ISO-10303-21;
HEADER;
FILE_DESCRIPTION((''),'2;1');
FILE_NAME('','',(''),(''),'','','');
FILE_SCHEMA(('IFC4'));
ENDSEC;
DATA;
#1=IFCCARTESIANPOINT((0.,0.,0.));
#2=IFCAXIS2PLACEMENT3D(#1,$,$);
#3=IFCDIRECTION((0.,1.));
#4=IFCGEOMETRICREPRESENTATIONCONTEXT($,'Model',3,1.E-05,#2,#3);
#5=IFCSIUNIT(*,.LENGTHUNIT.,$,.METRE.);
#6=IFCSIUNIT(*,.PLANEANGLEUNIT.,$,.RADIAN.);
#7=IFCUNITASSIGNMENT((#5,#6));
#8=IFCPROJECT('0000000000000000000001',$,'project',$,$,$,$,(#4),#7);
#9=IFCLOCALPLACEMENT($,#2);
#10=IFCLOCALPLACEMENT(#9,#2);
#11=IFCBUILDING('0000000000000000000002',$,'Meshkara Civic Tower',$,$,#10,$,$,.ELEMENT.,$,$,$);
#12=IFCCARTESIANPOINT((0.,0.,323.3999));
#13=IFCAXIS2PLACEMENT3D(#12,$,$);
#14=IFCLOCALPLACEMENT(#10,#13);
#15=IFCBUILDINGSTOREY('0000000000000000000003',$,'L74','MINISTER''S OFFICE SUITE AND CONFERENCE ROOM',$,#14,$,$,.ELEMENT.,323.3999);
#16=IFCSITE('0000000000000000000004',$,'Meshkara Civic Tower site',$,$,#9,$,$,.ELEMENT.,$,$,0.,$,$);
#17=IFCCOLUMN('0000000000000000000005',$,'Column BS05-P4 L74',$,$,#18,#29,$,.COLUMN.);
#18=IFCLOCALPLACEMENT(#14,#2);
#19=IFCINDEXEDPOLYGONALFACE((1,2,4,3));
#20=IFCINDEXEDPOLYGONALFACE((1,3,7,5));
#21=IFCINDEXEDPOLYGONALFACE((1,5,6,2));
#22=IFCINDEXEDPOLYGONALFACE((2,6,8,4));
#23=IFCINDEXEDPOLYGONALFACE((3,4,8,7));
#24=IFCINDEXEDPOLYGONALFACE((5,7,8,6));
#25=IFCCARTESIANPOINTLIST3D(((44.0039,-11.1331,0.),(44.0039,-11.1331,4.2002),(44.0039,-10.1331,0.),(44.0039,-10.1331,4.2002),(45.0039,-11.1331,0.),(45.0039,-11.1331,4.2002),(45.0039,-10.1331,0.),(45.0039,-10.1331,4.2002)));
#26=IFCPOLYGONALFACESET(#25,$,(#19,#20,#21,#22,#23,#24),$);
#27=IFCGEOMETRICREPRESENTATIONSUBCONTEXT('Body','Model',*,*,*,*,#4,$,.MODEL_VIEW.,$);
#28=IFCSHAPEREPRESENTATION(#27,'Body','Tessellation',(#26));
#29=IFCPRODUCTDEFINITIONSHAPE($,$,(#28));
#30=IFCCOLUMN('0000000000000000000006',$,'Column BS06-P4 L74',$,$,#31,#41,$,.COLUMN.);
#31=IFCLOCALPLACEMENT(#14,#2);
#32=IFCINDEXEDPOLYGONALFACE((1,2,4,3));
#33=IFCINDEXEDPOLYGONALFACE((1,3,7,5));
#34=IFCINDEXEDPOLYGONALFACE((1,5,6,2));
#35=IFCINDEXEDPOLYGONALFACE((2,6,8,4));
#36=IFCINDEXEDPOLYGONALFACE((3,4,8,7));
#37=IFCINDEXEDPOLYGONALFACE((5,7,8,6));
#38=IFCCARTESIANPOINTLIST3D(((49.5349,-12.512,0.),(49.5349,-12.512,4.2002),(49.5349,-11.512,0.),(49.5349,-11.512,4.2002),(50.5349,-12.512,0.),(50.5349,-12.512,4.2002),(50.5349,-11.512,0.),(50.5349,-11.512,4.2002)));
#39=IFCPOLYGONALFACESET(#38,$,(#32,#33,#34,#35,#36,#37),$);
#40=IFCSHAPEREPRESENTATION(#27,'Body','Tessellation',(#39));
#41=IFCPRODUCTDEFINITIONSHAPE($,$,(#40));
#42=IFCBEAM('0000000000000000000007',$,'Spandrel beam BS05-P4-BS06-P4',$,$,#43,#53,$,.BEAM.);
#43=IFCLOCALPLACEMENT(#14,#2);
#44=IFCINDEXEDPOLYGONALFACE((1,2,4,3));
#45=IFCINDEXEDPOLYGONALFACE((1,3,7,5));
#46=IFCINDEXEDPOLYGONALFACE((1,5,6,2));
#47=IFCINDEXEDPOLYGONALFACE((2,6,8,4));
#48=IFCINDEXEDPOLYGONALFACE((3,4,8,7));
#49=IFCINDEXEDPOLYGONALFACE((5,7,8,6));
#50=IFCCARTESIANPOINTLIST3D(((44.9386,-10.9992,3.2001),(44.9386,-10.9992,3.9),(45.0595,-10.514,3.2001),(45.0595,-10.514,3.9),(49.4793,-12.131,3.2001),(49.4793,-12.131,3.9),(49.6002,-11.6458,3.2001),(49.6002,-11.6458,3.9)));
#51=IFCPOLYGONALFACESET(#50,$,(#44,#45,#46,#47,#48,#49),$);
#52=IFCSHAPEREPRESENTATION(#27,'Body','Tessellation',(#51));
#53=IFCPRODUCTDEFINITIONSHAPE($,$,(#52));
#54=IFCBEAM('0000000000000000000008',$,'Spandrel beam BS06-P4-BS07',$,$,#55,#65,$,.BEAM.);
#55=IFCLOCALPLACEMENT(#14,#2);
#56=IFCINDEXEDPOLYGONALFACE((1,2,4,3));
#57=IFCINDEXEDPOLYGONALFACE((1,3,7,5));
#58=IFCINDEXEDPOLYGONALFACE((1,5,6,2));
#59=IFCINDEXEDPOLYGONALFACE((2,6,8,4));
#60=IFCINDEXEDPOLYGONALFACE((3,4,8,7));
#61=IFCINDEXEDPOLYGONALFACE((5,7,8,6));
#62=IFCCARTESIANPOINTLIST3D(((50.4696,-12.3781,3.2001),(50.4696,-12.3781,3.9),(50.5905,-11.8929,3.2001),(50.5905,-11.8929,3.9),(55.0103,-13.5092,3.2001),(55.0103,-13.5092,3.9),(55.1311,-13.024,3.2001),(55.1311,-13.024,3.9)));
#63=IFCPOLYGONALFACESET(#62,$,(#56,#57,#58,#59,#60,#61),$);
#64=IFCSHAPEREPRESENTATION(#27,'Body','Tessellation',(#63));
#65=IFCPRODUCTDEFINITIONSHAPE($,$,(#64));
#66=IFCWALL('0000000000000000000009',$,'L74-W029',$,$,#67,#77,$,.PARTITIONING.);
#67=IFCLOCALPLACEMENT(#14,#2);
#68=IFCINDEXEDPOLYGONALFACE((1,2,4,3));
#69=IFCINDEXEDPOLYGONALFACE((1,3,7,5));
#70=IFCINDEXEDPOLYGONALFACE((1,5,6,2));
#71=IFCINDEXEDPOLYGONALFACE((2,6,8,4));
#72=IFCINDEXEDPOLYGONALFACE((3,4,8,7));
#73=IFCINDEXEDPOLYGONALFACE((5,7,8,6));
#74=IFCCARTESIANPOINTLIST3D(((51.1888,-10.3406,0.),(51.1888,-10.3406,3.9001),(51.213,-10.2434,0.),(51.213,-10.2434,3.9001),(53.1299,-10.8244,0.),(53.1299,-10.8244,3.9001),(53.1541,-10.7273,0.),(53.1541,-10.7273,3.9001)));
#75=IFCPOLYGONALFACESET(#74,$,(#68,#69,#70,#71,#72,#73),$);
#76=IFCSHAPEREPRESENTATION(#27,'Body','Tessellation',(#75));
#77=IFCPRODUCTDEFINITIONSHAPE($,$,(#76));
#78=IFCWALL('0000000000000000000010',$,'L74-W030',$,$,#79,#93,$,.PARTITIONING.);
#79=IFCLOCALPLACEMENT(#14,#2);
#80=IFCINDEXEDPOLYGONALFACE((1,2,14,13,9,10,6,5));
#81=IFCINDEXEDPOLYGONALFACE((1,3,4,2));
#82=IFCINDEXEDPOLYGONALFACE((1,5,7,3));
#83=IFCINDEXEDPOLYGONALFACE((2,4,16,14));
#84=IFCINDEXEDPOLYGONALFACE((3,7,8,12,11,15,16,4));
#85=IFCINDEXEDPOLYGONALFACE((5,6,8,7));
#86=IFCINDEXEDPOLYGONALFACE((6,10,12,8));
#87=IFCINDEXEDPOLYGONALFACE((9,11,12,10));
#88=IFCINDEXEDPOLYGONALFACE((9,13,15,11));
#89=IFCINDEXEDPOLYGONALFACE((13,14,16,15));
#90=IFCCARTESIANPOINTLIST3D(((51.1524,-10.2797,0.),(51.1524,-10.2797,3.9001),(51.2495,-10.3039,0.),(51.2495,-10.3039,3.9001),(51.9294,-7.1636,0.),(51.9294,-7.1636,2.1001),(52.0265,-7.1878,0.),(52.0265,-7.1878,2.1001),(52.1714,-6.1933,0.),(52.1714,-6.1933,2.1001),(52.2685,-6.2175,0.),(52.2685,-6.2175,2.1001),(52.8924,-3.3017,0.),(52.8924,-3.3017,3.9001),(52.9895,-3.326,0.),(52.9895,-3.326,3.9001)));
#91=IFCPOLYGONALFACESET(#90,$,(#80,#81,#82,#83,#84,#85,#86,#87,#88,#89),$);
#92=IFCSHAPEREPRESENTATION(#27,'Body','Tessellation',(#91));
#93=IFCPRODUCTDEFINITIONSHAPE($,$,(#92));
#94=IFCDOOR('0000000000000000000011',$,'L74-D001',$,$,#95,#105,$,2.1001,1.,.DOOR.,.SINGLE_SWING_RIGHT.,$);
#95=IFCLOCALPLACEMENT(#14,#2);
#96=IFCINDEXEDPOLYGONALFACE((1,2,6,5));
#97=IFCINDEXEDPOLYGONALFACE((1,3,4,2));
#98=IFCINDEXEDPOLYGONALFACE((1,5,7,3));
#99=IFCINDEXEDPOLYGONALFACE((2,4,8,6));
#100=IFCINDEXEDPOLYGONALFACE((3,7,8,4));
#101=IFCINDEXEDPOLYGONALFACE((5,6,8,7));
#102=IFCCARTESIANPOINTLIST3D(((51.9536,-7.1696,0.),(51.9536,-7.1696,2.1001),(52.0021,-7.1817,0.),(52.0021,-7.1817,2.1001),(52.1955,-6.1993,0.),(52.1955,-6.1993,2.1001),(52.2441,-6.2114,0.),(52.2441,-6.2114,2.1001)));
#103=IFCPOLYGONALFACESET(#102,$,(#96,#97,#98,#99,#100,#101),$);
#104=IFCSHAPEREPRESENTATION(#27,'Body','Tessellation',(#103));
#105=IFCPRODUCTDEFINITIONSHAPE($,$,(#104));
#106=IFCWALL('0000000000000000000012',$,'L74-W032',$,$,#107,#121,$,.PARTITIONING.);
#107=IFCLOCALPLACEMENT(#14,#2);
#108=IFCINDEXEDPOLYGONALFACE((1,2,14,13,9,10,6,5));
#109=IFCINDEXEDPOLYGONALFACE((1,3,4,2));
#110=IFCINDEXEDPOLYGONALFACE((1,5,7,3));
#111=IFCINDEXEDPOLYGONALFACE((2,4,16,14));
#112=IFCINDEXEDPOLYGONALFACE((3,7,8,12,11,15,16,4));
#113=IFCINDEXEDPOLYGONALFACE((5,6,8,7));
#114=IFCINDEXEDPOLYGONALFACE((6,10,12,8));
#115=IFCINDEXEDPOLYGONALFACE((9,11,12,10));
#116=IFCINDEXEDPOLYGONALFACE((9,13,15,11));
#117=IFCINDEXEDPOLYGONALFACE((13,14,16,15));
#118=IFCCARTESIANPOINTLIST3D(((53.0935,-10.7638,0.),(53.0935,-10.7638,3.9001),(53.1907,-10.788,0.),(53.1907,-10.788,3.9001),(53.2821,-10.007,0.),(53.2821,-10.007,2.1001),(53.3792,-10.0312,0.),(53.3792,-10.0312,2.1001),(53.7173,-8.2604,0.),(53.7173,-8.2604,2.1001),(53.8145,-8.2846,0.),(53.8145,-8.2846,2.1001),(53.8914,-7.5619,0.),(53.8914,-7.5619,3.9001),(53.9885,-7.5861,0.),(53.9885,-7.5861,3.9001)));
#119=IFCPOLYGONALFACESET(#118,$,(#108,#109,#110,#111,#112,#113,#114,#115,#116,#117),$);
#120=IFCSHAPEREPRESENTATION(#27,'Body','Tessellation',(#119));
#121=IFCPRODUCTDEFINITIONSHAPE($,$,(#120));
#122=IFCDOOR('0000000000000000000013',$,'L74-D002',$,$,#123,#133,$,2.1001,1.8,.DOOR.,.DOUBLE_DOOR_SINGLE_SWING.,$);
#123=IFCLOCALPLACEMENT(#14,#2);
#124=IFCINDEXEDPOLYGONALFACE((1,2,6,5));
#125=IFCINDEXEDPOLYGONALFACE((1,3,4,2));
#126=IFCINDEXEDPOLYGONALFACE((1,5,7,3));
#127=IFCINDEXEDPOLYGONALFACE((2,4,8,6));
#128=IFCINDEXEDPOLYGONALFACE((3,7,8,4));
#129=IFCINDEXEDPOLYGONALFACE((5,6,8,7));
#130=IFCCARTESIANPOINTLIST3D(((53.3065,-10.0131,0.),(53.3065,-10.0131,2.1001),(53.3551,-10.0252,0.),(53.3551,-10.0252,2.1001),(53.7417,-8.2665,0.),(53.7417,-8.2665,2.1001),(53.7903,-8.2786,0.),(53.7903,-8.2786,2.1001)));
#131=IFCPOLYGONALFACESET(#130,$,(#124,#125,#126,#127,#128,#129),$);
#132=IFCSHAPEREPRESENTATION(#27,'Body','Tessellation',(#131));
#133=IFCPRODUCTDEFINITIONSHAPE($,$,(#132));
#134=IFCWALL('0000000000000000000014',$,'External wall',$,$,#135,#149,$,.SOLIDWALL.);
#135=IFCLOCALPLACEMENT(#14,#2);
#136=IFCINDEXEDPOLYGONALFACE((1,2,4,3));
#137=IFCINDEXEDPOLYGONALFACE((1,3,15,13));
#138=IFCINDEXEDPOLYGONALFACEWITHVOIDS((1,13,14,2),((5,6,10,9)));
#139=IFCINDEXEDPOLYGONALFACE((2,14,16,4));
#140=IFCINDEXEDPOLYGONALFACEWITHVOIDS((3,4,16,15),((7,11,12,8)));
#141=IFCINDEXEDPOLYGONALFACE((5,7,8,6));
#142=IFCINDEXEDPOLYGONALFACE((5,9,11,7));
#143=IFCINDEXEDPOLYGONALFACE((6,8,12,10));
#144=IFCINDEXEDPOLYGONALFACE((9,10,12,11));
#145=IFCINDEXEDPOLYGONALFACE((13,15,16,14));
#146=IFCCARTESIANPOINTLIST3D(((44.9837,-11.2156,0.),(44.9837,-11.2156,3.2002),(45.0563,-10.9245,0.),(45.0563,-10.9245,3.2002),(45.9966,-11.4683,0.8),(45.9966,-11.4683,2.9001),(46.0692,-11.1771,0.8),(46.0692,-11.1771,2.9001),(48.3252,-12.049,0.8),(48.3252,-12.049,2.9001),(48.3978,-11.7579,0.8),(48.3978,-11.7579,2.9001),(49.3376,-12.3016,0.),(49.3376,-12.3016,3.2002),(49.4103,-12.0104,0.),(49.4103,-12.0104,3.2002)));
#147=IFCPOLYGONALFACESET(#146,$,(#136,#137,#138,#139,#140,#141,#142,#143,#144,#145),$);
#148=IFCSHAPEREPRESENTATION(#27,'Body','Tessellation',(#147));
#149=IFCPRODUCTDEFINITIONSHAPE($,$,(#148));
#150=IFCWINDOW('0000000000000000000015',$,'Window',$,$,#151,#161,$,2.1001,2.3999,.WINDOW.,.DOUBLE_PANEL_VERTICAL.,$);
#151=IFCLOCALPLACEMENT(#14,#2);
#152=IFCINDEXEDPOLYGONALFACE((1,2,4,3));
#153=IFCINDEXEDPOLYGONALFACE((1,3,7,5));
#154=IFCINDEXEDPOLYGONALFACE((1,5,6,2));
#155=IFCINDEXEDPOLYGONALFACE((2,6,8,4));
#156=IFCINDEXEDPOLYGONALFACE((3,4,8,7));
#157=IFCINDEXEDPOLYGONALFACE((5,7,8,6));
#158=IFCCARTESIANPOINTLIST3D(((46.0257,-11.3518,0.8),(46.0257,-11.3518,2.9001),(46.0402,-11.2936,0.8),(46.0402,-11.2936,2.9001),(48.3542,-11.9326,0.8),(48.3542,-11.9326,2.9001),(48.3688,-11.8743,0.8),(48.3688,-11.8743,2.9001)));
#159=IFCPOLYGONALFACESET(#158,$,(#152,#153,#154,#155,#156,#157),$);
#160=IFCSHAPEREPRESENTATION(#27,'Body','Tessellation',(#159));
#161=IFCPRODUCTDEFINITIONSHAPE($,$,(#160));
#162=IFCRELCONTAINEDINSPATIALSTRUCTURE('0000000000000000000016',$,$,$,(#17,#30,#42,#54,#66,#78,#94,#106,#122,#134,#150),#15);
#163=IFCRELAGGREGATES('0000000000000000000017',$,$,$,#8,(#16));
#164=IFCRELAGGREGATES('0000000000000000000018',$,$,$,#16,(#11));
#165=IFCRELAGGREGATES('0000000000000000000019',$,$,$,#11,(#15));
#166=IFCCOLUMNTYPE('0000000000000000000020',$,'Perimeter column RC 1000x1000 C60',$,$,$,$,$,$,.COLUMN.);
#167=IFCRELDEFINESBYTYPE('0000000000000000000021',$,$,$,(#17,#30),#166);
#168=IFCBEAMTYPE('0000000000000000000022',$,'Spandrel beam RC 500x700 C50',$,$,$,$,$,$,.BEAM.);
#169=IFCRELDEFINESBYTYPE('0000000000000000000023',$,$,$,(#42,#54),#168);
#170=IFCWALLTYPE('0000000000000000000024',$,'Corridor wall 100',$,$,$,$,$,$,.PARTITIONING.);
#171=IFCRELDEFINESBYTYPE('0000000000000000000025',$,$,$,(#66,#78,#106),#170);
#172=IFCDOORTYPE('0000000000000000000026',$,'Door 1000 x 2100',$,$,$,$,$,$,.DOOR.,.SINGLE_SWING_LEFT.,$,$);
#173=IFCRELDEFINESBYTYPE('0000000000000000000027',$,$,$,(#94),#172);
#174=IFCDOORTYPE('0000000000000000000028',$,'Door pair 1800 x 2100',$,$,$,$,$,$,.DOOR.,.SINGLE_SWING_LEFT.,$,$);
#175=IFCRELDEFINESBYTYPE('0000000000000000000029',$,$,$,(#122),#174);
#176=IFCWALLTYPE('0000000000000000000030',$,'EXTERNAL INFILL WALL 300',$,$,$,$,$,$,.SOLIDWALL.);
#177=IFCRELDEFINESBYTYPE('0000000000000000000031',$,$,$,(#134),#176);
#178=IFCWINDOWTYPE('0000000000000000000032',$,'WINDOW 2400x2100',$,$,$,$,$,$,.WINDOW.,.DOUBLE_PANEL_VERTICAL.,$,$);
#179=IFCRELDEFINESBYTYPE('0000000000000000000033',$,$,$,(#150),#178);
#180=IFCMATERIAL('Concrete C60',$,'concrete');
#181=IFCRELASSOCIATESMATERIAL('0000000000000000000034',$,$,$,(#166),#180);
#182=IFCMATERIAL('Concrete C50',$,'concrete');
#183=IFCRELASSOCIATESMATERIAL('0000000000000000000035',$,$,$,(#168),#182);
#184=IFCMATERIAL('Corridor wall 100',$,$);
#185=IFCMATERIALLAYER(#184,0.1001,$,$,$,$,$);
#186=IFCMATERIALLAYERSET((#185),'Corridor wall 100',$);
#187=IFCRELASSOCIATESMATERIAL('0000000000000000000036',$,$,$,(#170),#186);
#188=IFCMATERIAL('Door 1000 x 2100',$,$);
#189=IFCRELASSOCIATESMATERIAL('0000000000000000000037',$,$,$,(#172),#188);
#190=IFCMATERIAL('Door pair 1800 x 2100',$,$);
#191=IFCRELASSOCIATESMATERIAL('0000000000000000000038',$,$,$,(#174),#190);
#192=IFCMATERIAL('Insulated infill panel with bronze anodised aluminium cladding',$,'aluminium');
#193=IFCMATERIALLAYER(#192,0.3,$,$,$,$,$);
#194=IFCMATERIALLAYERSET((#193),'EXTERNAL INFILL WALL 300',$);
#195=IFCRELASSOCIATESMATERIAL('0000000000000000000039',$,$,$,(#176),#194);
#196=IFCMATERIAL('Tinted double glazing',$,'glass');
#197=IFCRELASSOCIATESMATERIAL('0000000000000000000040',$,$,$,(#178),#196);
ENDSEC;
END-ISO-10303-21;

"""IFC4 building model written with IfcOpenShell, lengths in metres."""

from ifc_helpers import new_model, si_unit, direction, frame, frame_2d, origin, origin_2d, place, context, subcontext, project, spatial, rectangle, extrude, material, layer, layer_set, material_profile, profile_set, type_object, element, fill, save


model = new_model("IFC4")

# Units and contexts
model_context = context("Model", 3, precision=1e-05, world=origin(), true_north=direction((0.0, 1.0)))
body_context = subcontext(model_context, "Body", "Model", "MODEL_VIEW")
ifc_project = project(units=[si_unit("LENGTHUNIT", "METRE"), si_unit("PLANEANGLEUNIT", "RADIAN")], contexts=[model_context])

# Site, building, storey
site_placement = place(None, origin())
site = spatial("IfcSite", under=ifc_project, at=site_placement, Name="Meshkara Civic Tower site", CompositionType="ELEMENT", RefElevation=0.0)
building_placement = place(site_placement, origin())
building = spatial("IfcBuilding", under=site, at=building_placement, Name="Meshkara Civic Tower", CompositionType="ELEMENT")
storey_placement = place(building_placement, frame((0.0, 0.0, 323.3999)))
storey = spatial("IfcBuildingStorey", under=building, at=storey_placement, Name="L74", Description="MINISTER'S OFFICE SUITE AND CONFERENCE ROOM", CompositionType="ELEMENT", Elevation=323.3999)

# Columns
ifc_material_1 = material(Name="Concrete C60", Category="concrete")
ifc_material_profile_1 = material_profile(ifc_material_1, rectangle(XDim=1.0, YDim=1.0, at=origin_2d()))
ifc_profile_set_1 = profile_set([ifc_material_profile_1], Name="Concrete C60")
column_type = type_object("IfcColumnType", Name="Perimeter column RC 1000x1000 C60", PredefinedType="COLUMN", material=ifc_profile_set_1)
for number, where, z_axis, x_axis, name in (
    (1, (44.5039, -10.6331, 0.0), (0.0, 0.0, 1.0), (1.0, 0.0, 0.0), "Column BS05-P4 L74"),
    (2, (50.0349, -12.012, 0.0), (0.0, 0.0, 1.0), (1.0, 0.0, 0.0), "Column BS06-P4 L74"),
):
    element("IfcColumn", number, at=place(storey_placement, frame(where, z_axis=z_axis, x_axis=x_axis)), inside=storey, type_object=column_type, Name=name, PredefinedType="COLUMN", context=body_context, shape_type="SweptSolid", body=[
        extrude(rectangle(XDim=1.0, YDim=1.0, at=origin_2d()), origin(), (0.0, 0.0, 1.0), 4.2002),
    ])

# Beams
ifc_material_2 = material(Name="Concrete C50", Category="concrete")
ifc_material_profile_2 = material_profile(ifc_material_2, rectangle(XDim=0.5, YDim=0.7, at=origin_2d()))
ifc_profile_set_2 = profile_set([ifc_material_profile_2], Name="Concrete C50")
beam_type = type_object("IfcBeamType", Name="Spandrel beam RC 500x700 C50", PredefinedType="BEAM", material=ifc_profile_set_2)
beam_1_placement = place(storey_placement, frame((44.999, -10.7566, 3.55), z_axis=(0.970311, -0.24186, 0.0), x_axis=(0.24186, 0.970311, 0.0)))
element("IfcBeam", 3, at=beam_1_placement, inside=storey, type_object=beam_type, Name="Spandrel beam BS05-P4-BS06-P4", PredefinedType="BEAM", context=body_context, shape_type="SweptSolid", body=[
    extrude(rectangle(XDim=0.5, YDim=0.7, at=origin_2d()), origin(), (0.0, 0.0, 1.0), 4.6797),
])
beam_2_placement = place(storey_placement, frame((50.53, -12.1355, 3.55), z_axis=(0.970348, -0.241713, 0.0), x_axis=(0.241713, 0.970348, 0.0)))
element("IfcBeam", 4, at=beam_2_placement, inside=storey, type_object=beam_type, Name="Spandrel beam BS06-P4-BS07", PredefinedType="BEAM", context=body_context, shape_type="SweptSolid", body=[
    extrude(rectangle(XDim=0.5, YDim=0.7, at=origin_2d()), origin(), (0.0, 0.0, 1.0), 4.6794),
])

# Wall
ifc_material_3 = material(Name="Corridor wall 100")
ifc_layer_1 = layer(ifc_material_3, 0.1001)
ifc_layer_set_1 = layer_set([ifc_layer_1], Name="Corridor wall 100")
wall_type_1 = type_object("IfcWallType", Name="Corridor wall 100", PredefinedType="PARTITIONING", material=ifc_layer_set_1)
wall_1_placement = place(storey_placement, frame((51.2009, -10.292, 0.0), z_axis=(0.0, 0.0, 1.0), x_axis=(0.970307, -0.241875, 0.0)))
element("IfcWall", 5, at=wall_1_placement, inside=storey, type_object=wall_type_1, Name="L74-W029", PredefinedType="PARTITIONING", context=body_context, shape_type="SweptSolid", body=[
    extrude(rectangle(XDim=2.0005, YDim=0.1001, at=frame_2d((1.0002, 0.0))), origin(), (0.0, 0.0, 1.0), 3.9001),
])

# Walls, openings, doors
wall_2_placement = place(storey_placement, frame((52.9409, -3.314, 0.0), z_axis=(0.0, 0.0, 1.0), x_axis=(-0.241944, -0.97029, 0.0)))
wall_2 = element("IfcWall", 6, at=wall_2_placement, inside=storey, type_object=wall_type_1, Name="L74-W030", PredefinedType="PARTITIONING", context=body_context, shape_type="SweptSolid", body=[
    extrude(rectangle(XDim=7.1917, YDim=0.1001, at=frame_2d((3.5957, 0.0))), origin(), (0.0, 0.0, 1.0), 3.9001),
])
opening_1_placement = place(wall_2_placement, frame((2.98, 0.0, 0.0)))
opening_1 = element("IfcOpeningElement", 7, at=opening_1_placement, cuts=wall_2, PredefinedType="OPENING", context=body_context, shape_type="SweptSolid", body=[
    extrude(rectangle(XDim=1.0, YDim=2.1001, at=frame_2d((0.5, 1.05))), frame((0.0, 0.0601, 0.0), z_axis=(0.0, -1.0, 0.0), x_axis=(1.0, 0.0, 0.0)), (0.0, 0.0, 1.0), 0.1201),
])
ifc_material_4 = material(Name="Door 1000 x 2100")
door_type_1 = type_object("IfcDoorType", Name="Door 1000 x 2100", OperationType="SINGLE_SWING_LEFT", PredefinedType="DOOR", material=ifc_material_4)
door_1_placement = place(opening_1_placement, origin())
door_1 = element("IfcDoor", 8, at=door_1_placement, inside=storey, type_object=door_type_1, Name="L74-D001", OperationType="SINGLE_SWING_RIGHT", OverallHeight=2.1001, OverallWidth=1.0, PredefinedType="DOOR", context=body_context, shape_type="SweptSolid", body=[
    extrude(rectangle(XDim=1.0, YDim=2.1001, at=frame_2d((0.5, 1.05))), frame((0.0, 0.0249, 0.0), z_axis=(0.0, -1.0, 0.0), x_axis=(1.0, 0.0, 0.0)), (0.0, 0.0, 1.0), 0.05),
])
fill(opening_1, door_1)
wall_3_placement = place(storey_placement, frame((53.1421, -10.7759, 0.0), z_axis=(0.0, 0.0, 1.0), x_axis=(0.241787, 0.970329, 0.0)))
wall_3 = element("IfcWall", 9, at=wall_3_placement, inside=storey, type_object=wall_type_1, Name="L74-W032", PredefinedType="PARTITIONING", context=body_context, shape_type="SweptSolid", body=[
    extrude(rectangle(XDim=3.2998, YDim=0.1001, at=frame_2d((1.6499, 0.0))), origin(), (0.0, 0.0, 1.0), 3.9001),
])
opening_2_placement = place(wall_3_placement, frame((0.78, 0.0, 0.0)))
opening_2 = element("IfcOpeningElement", 10, at=opening_2_placement, cuts=wall_3, PredefinedType="OPENING", context=body_context, shape_type="SweptSolid", body=[
    extrude(rectangle(XDim=1.8, YDim=2.1001, at=frame_2d((0.8999, 1.05))), frame((0.0, 0.0601, 0.0), z_axis=(0.0, -1.0, 0.0), x_axis=(1.0, 0.0, 0.0)), (0.0, 0.0, 1.0), 0.1201),
])
ifc_material_5 = material(Name="Door pair 1800 x 2100")
door_type_2 = type_object("IfcDoorType", Name="Door pair 1800 x 2100", OperationType="SINGLE_SWING_LEFT", PredefinedType="DOOR", material=ifc_material_5)
door_2_placement = place(opening_2_placement, origin())
door_2 = element("IfcDoor", 11, at=door_2_placement, inside=storey, type_object=door_type_2, Name="L74-D002", OperationType="DOUBLE_DOOR_SINGLE_SWING", OverallHeight=2.1001, OverallWidth=1.8, PredefinedType="DOOR", context=body_context, shape_type="SweptSolid", body=[
    extrude(rectangle(XDim=1.8, YDim=2.1001, at=frame_2d((0.8999, 1.05))), frame((0.0, 0.0249, 0.0), z_axis=(0.0, -1.0, 0.0), x_axis=(1.0, 0.0, 0.0)), (0.0, 0.0, 1.0), 0.05),
])
fill(opening_2, door_2)

# Wall, opening, window
ifc_material_6 = material(Name="Insulated infill panel with bronze anodised aluminium cladding", Category="aluminium")
ifc_layer_2 = layer(ifc_material_6, 0.3)
ifc_layer_set_2 = layer_set([ifc_layer_2], Name="EXTERNAL INFILL WALL 300")
wall_type_2 = type_object("IfcWallType", Name="EXTERNAL INFILL WALL 300", PredefinedType="SOLIDWALL", material=ifc_layer_set_2)
wall_4_placement = place(storey_placement, frame((45.02, -11.0701, 0.0), z_axis=(0.0, 0.0, 1.0), x_axis=(0.970277, -0.241998, 0.0)))
wall_4 = element("IfcWall", 12, at=wall_4_placement, inside=storey, type_object=wall_type_2, Name="External wall", PredefinedType="SOLIDWALL", context=body_context, shape_type="SweptSolid", body=[
    extrude(rectangle(XDim=4.4873, YDim=0.3, at=frame_2d((2.2437, 0.0))), origin(), (0.0, 0.0, 1.0), 3.2002),
])
opening_3_placement = place(wall_4_placement, frame((1.0439, 0.0, 0.8)))
opening_3 = element("IfcOpeningElement", 13, at=opening_3_placement, cuts=wall_4, PredefinedType="OPENING", context=body_context, shape_type="SweptSolid", body=[
    extrude(rectangle(XDim=2.3999, YDim=2.1001, at=frame_2d((1.2, 1.05))), frame((0.0, 0.1599, 0.0), z_axis=(0.0, -1.0, 0.0), x_axis=(1.0, 0.0, 0.0)), (0.0, 0.0, 1.0), 0.3201),
])
ifc_material_7 = material(Name="Tinted double glazing", Category="glass")
window_type = type_object("IfcWindowType", Name="WINDOW 2400x2100", PartitioningType="DOUBLE_PANEL_VERTICAL", PredefinedType="WINDOW", material=ifc_material_7)
window_1_placement = place(opening_3_placement, origin())
window_1 = element("IfcWindow", 14, at=window_1_placement, inside=storey, type_object=window_type, Name="Window", OverallHeight=2.1001, OverallWidth=2.3999, PartitioningType="DOUBLE_PANEL_VERTICAL", PredefinedType="WINDOW", context=body_context, shape_type="SweptSolid", body=[
    extrude(rectangle(XDim=2.3999, YDim=2.1001, at=frame_2d((1.2, 1.05))), frame((0.0, 0.03, 0.0), z_axis=(0.0, -1.0, 0.0), x_axis=(1.0, 0.0, 0.0)), (0.0, 0.0, 1.0), 0.0601),
])
fill(opening_3, window_1)

save(model, "model.ifc")
